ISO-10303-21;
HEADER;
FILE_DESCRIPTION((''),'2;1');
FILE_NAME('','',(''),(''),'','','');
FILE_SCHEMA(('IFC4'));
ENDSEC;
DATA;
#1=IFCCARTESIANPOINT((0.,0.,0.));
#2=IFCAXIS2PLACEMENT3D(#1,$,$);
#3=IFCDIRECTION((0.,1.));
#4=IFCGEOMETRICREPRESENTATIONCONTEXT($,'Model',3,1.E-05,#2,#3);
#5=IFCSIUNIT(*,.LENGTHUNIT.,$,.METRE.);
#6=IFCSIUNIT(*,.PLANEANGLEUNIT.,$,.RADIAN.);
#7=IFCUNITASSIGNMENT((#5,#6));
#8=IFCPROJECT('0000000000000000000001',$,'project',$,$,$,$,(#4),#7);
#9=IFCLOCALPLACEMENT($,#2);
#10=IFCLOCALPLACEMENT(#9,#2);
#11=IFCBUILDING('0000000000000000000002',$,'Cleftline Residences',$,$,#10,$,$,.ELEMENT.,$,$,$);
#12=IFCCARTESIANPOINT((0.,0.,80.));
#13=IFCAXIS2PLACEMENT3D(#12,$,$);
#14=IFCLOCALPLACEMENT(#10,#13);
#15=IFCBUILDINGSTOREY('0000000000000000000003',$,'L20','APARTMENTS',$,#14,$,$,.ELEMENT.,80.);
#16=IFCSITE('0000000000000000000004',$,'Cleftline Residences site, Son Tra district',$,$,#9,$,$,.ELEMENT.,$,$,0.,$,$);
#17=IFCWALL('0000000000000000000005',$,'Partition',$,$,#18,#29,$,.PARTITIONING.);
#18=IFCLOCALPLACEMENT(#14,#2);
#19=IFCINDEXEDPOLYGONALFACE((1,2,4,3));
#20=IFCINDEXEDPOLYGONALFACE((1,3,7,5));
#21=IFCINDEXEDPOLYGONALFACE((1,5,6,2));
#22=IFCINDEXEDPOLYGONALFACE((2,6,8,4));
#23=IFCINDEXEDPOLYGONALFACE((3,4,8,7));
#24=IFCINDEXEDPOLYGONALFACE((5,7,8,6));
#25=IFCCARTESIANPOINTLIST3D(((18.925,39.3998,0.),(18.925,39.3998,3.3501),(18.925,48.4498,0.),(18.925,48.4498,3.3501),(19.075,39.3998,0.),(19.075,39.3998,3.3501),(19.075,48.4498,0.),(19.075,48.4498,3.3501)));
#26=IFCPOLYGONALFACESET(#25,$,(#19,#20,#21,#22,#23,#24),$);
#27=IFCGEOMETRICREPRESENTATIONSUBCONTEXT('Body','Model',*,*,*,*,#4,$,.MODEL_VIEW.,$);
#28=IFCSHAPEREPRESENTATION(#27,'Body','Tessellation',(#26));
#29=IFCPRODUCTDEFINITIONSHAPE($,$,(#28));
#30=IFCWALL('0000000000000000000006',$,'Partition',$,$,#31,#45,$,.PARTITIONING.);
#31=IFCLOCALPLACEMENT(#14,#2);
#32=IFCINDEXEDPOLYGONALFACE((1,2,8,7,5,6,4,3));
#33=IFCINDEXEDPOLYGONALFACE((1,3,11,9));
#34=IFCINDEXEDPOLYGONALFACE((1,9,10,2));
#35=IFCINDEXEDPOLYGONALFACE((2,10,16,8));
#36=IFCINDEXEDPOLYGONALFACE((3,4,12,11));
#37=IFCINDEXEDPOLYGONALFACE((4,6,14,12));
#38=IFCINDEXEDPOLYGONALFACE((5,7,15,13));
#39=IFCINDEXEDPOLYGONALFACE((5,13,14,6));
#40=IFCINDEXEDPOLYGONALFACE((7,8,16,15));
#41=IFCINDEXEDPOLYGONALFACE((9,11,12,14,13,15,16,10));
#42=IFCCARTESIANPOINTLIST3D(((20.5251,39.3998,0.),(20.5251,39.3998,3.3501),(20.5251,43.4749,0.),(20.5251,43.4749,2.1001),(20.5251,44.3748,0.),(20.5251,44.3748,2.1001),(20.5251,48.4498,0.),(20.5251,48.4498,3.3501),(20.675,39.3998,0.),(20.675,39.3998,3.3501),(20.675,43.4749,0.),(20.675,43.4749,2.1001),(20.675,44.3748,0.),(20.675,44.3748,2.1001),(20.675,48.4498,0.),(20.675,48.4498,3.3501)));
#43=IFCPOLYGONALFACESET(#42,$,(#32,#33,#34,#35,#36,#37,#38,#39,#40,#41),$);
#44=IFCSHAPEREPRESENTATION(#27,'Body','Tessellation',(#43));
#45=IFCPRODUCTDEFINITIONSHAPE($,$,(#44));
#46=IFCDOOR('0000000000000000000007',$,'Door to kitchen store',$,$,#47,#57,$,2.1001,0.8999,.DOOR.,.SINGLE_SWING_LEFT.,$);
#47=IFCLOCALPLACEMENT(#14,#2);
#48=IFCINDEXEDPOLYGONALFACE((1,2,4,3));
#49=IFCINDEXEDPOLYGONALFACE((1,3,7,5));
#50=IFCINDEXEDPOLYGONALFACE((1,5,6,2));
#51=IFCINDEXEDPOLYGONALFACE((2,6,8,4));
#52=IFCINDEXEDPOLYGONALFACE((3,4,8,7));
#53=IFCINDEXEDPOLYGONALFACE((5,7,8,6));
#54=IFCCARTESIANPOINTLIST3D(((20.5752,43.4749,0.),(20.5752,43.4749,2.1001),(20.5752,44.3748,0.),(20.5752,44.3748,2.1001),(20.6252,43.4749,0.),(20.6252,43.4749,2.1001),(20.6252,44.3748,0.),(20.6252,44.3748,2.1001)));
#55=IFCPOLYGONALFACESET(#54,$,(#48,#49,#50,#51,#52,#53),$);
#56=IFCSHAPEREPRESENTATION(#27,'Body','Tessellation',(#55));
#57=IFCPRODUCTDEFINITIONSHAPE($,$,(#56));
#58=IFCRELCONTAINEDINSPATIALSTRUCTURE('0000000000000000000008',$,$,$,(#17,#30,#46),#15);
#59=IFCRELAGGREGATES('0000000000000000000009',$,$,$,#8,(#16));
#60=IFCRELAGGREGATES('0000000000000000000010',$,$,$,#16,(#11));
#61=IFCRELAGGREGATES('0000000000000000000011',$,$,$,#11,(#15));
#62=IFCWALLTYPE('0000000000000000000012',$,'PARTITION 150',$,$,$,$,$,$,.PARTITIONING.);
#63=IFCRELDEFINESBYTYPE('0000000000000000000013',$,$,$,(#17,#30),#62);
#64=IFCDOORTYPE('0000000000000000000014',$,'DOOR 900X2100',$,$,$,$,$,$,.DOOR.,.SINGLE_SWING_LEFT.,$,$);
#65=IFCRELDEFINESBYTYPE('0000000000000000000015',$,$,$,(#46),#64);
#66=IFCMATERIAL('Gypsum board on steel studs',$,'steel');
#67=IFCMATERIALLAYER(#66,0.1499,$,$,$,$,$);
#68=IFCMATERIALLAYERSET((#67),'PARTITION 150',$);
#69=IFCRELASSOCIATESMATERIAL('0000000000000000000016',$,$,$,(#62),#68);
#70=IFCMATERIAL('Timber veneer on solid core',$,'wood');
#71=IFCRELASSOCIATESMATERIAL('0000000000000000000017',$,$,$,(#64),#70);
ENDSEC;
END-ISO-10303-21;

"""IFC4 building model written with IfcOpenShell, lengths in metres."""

from ifc_helpers import new_model, si_unit, direction, frame, frame_2d, origin, place, context, subcontext, project, spatial, rectangle, extrude, material, layer, layer_set, type_object, element, fill, save


model = new_model("IFC4")

# Units and contexts
model_context = context("Model", 3, precision=1e-05, world=origin(), true_north=direction((0.0, 1.0)))
body_context = subcontext(model_context, "Body", "Model", "MODEL_VIEW")
ifc_project = project(units=[si_unit("LENGTHUNIT", "METRE"), si_unit("PLANEANGLEUNIT", "RADIAN")], contexts=[model_context])

# Site, building, storey
site_placement = place(None, origin())
site = spatial("IfcSite", under=ifc_project, at=site_placement, Name="Cleftline Residences site, Son Tra district", CompositionType="ELEMENT", RefElevation=0.0)
building_placement = place(site_placement, origin())
building = spatial("IfcBuilding", under=site, at=building_placement, Name="Cleftline Residences", CompositionType="ELEMENT")
storey_placement = place(building_placement, frame((0.0, 0.0, 80.0)))
storey = spatial("IfcBuildingStorey", under=building, at=storey_placement, Name="L20", Description="APARTMENTS", CompositionType="ELEMENT", Elevation=80.0)

# Shared definitions
ifc_material_1 = material(Name="Gypsum board on steel studs", Category="steel")
ifc_layer = layer(ifc_material_1, 0.1499)
ifc_layer_set = layer_set([ifc_layer], Name="PARTITION 150")
wall_type = type_object("IfcWallType", Name="PARTITION 150", PredefinedType="PARTITIONING", material=ifc_layer_set)

# Wall
wall_1_placement = place(storey_placement, frame((19.0, 39.3999, 0.0), z_axis=(0.0, 0.0, 1.0), x_axis=(0.0, 1.0, 0.0)))
element("IfcWall", 1, at=wall_1_placement, inside=storey, type_object=wall_type, Name="Partition", PredefinedType="PARTITIONING", context=body_context, shape_type="SweptSolid", body=[
    extrude(rectangle(XDim=9.05, YDim=0.1499, at=frame_2d((4.5249, 0.0))), origin(), (0.0, 0.0, 1.0), 3.3501),
])

# Wall, opening, door
wall_2_placement = place(storey_placement, frame((20.6001, 39.3999, 0.0), z_axis=(0.0, 0.0, 1.0), x_axis=(0.0, 1.0, 0.0)))
wall_2 = element("IfcWall", 2, at=wall_2_placement, inside=storey, type_object=wall_type, Name="Partition", PredefinedType="PARTITIONING", context=body_context, shape_type="SweptSolid", body=[
    extrude(rectangle(XDim=9.05, YDim=0.1499, at=frame_2d((4.5249, 0.0))), origin(), (0.0, 0.0, 1.0), 3.3501),
])
opening_1_placement = place(wall_2_placement, frame((4.075, 0.0, 0.0)))
opening_1 = element("IfcOpeningElement", 3, at=opening_1_placement, cuts=wall_2, PredefinedType="OPENING", context=body_context, shape_type="SweptSolid", body=[
    extrude(rectangle(XDim=0.8999, YDim=2.1001, at=frame_2d((0.45, 1.05))), frame((0.0, 0.085, 0.0), z_axis=(0.0, -1.0, 0.0), x_axis=(1.0, 0.0, 0.0)), (0.0, 0.0, 1.0), 0.1699),
])
ifc_material_2 = material(Name="Timber veneer on solid core", Category="wood")
door_type_1 = type_object("IfcDoorType", Name="DOOR 900X2100", OperationType="SINGLE_SWING_LEFT", PredefinedType="DOOR", material=ifc_material_2)
door_1_placement = place(opening_1_placement, origin())
door_1 = element("IfcDoor", 4, at=door_1_placement, inside=storey, type_object=door_type_1, Name="Door to kitchen store", OperationType="SINGLE_SWING_LEFT", OverallHeight=2.1001, OverallWidth=0.8999, PredefinedType="DOOR", context=body_context, shape_type="SweptSolid", body=[
    extrude(rectangle(XDim=0.8999, YDim=2.1001, at=frame_2d((0.45, 1.05))), frame((0.0, 0.0249, 0.0), z_axis=(0.0, -1.0, 0.0), x_axis=(1.0, 0.0, 0.0)), (0.0, 0.0, 1.0), 0.05),
])
fill(opening_1, door_1)

save(model, "model.ifc")
